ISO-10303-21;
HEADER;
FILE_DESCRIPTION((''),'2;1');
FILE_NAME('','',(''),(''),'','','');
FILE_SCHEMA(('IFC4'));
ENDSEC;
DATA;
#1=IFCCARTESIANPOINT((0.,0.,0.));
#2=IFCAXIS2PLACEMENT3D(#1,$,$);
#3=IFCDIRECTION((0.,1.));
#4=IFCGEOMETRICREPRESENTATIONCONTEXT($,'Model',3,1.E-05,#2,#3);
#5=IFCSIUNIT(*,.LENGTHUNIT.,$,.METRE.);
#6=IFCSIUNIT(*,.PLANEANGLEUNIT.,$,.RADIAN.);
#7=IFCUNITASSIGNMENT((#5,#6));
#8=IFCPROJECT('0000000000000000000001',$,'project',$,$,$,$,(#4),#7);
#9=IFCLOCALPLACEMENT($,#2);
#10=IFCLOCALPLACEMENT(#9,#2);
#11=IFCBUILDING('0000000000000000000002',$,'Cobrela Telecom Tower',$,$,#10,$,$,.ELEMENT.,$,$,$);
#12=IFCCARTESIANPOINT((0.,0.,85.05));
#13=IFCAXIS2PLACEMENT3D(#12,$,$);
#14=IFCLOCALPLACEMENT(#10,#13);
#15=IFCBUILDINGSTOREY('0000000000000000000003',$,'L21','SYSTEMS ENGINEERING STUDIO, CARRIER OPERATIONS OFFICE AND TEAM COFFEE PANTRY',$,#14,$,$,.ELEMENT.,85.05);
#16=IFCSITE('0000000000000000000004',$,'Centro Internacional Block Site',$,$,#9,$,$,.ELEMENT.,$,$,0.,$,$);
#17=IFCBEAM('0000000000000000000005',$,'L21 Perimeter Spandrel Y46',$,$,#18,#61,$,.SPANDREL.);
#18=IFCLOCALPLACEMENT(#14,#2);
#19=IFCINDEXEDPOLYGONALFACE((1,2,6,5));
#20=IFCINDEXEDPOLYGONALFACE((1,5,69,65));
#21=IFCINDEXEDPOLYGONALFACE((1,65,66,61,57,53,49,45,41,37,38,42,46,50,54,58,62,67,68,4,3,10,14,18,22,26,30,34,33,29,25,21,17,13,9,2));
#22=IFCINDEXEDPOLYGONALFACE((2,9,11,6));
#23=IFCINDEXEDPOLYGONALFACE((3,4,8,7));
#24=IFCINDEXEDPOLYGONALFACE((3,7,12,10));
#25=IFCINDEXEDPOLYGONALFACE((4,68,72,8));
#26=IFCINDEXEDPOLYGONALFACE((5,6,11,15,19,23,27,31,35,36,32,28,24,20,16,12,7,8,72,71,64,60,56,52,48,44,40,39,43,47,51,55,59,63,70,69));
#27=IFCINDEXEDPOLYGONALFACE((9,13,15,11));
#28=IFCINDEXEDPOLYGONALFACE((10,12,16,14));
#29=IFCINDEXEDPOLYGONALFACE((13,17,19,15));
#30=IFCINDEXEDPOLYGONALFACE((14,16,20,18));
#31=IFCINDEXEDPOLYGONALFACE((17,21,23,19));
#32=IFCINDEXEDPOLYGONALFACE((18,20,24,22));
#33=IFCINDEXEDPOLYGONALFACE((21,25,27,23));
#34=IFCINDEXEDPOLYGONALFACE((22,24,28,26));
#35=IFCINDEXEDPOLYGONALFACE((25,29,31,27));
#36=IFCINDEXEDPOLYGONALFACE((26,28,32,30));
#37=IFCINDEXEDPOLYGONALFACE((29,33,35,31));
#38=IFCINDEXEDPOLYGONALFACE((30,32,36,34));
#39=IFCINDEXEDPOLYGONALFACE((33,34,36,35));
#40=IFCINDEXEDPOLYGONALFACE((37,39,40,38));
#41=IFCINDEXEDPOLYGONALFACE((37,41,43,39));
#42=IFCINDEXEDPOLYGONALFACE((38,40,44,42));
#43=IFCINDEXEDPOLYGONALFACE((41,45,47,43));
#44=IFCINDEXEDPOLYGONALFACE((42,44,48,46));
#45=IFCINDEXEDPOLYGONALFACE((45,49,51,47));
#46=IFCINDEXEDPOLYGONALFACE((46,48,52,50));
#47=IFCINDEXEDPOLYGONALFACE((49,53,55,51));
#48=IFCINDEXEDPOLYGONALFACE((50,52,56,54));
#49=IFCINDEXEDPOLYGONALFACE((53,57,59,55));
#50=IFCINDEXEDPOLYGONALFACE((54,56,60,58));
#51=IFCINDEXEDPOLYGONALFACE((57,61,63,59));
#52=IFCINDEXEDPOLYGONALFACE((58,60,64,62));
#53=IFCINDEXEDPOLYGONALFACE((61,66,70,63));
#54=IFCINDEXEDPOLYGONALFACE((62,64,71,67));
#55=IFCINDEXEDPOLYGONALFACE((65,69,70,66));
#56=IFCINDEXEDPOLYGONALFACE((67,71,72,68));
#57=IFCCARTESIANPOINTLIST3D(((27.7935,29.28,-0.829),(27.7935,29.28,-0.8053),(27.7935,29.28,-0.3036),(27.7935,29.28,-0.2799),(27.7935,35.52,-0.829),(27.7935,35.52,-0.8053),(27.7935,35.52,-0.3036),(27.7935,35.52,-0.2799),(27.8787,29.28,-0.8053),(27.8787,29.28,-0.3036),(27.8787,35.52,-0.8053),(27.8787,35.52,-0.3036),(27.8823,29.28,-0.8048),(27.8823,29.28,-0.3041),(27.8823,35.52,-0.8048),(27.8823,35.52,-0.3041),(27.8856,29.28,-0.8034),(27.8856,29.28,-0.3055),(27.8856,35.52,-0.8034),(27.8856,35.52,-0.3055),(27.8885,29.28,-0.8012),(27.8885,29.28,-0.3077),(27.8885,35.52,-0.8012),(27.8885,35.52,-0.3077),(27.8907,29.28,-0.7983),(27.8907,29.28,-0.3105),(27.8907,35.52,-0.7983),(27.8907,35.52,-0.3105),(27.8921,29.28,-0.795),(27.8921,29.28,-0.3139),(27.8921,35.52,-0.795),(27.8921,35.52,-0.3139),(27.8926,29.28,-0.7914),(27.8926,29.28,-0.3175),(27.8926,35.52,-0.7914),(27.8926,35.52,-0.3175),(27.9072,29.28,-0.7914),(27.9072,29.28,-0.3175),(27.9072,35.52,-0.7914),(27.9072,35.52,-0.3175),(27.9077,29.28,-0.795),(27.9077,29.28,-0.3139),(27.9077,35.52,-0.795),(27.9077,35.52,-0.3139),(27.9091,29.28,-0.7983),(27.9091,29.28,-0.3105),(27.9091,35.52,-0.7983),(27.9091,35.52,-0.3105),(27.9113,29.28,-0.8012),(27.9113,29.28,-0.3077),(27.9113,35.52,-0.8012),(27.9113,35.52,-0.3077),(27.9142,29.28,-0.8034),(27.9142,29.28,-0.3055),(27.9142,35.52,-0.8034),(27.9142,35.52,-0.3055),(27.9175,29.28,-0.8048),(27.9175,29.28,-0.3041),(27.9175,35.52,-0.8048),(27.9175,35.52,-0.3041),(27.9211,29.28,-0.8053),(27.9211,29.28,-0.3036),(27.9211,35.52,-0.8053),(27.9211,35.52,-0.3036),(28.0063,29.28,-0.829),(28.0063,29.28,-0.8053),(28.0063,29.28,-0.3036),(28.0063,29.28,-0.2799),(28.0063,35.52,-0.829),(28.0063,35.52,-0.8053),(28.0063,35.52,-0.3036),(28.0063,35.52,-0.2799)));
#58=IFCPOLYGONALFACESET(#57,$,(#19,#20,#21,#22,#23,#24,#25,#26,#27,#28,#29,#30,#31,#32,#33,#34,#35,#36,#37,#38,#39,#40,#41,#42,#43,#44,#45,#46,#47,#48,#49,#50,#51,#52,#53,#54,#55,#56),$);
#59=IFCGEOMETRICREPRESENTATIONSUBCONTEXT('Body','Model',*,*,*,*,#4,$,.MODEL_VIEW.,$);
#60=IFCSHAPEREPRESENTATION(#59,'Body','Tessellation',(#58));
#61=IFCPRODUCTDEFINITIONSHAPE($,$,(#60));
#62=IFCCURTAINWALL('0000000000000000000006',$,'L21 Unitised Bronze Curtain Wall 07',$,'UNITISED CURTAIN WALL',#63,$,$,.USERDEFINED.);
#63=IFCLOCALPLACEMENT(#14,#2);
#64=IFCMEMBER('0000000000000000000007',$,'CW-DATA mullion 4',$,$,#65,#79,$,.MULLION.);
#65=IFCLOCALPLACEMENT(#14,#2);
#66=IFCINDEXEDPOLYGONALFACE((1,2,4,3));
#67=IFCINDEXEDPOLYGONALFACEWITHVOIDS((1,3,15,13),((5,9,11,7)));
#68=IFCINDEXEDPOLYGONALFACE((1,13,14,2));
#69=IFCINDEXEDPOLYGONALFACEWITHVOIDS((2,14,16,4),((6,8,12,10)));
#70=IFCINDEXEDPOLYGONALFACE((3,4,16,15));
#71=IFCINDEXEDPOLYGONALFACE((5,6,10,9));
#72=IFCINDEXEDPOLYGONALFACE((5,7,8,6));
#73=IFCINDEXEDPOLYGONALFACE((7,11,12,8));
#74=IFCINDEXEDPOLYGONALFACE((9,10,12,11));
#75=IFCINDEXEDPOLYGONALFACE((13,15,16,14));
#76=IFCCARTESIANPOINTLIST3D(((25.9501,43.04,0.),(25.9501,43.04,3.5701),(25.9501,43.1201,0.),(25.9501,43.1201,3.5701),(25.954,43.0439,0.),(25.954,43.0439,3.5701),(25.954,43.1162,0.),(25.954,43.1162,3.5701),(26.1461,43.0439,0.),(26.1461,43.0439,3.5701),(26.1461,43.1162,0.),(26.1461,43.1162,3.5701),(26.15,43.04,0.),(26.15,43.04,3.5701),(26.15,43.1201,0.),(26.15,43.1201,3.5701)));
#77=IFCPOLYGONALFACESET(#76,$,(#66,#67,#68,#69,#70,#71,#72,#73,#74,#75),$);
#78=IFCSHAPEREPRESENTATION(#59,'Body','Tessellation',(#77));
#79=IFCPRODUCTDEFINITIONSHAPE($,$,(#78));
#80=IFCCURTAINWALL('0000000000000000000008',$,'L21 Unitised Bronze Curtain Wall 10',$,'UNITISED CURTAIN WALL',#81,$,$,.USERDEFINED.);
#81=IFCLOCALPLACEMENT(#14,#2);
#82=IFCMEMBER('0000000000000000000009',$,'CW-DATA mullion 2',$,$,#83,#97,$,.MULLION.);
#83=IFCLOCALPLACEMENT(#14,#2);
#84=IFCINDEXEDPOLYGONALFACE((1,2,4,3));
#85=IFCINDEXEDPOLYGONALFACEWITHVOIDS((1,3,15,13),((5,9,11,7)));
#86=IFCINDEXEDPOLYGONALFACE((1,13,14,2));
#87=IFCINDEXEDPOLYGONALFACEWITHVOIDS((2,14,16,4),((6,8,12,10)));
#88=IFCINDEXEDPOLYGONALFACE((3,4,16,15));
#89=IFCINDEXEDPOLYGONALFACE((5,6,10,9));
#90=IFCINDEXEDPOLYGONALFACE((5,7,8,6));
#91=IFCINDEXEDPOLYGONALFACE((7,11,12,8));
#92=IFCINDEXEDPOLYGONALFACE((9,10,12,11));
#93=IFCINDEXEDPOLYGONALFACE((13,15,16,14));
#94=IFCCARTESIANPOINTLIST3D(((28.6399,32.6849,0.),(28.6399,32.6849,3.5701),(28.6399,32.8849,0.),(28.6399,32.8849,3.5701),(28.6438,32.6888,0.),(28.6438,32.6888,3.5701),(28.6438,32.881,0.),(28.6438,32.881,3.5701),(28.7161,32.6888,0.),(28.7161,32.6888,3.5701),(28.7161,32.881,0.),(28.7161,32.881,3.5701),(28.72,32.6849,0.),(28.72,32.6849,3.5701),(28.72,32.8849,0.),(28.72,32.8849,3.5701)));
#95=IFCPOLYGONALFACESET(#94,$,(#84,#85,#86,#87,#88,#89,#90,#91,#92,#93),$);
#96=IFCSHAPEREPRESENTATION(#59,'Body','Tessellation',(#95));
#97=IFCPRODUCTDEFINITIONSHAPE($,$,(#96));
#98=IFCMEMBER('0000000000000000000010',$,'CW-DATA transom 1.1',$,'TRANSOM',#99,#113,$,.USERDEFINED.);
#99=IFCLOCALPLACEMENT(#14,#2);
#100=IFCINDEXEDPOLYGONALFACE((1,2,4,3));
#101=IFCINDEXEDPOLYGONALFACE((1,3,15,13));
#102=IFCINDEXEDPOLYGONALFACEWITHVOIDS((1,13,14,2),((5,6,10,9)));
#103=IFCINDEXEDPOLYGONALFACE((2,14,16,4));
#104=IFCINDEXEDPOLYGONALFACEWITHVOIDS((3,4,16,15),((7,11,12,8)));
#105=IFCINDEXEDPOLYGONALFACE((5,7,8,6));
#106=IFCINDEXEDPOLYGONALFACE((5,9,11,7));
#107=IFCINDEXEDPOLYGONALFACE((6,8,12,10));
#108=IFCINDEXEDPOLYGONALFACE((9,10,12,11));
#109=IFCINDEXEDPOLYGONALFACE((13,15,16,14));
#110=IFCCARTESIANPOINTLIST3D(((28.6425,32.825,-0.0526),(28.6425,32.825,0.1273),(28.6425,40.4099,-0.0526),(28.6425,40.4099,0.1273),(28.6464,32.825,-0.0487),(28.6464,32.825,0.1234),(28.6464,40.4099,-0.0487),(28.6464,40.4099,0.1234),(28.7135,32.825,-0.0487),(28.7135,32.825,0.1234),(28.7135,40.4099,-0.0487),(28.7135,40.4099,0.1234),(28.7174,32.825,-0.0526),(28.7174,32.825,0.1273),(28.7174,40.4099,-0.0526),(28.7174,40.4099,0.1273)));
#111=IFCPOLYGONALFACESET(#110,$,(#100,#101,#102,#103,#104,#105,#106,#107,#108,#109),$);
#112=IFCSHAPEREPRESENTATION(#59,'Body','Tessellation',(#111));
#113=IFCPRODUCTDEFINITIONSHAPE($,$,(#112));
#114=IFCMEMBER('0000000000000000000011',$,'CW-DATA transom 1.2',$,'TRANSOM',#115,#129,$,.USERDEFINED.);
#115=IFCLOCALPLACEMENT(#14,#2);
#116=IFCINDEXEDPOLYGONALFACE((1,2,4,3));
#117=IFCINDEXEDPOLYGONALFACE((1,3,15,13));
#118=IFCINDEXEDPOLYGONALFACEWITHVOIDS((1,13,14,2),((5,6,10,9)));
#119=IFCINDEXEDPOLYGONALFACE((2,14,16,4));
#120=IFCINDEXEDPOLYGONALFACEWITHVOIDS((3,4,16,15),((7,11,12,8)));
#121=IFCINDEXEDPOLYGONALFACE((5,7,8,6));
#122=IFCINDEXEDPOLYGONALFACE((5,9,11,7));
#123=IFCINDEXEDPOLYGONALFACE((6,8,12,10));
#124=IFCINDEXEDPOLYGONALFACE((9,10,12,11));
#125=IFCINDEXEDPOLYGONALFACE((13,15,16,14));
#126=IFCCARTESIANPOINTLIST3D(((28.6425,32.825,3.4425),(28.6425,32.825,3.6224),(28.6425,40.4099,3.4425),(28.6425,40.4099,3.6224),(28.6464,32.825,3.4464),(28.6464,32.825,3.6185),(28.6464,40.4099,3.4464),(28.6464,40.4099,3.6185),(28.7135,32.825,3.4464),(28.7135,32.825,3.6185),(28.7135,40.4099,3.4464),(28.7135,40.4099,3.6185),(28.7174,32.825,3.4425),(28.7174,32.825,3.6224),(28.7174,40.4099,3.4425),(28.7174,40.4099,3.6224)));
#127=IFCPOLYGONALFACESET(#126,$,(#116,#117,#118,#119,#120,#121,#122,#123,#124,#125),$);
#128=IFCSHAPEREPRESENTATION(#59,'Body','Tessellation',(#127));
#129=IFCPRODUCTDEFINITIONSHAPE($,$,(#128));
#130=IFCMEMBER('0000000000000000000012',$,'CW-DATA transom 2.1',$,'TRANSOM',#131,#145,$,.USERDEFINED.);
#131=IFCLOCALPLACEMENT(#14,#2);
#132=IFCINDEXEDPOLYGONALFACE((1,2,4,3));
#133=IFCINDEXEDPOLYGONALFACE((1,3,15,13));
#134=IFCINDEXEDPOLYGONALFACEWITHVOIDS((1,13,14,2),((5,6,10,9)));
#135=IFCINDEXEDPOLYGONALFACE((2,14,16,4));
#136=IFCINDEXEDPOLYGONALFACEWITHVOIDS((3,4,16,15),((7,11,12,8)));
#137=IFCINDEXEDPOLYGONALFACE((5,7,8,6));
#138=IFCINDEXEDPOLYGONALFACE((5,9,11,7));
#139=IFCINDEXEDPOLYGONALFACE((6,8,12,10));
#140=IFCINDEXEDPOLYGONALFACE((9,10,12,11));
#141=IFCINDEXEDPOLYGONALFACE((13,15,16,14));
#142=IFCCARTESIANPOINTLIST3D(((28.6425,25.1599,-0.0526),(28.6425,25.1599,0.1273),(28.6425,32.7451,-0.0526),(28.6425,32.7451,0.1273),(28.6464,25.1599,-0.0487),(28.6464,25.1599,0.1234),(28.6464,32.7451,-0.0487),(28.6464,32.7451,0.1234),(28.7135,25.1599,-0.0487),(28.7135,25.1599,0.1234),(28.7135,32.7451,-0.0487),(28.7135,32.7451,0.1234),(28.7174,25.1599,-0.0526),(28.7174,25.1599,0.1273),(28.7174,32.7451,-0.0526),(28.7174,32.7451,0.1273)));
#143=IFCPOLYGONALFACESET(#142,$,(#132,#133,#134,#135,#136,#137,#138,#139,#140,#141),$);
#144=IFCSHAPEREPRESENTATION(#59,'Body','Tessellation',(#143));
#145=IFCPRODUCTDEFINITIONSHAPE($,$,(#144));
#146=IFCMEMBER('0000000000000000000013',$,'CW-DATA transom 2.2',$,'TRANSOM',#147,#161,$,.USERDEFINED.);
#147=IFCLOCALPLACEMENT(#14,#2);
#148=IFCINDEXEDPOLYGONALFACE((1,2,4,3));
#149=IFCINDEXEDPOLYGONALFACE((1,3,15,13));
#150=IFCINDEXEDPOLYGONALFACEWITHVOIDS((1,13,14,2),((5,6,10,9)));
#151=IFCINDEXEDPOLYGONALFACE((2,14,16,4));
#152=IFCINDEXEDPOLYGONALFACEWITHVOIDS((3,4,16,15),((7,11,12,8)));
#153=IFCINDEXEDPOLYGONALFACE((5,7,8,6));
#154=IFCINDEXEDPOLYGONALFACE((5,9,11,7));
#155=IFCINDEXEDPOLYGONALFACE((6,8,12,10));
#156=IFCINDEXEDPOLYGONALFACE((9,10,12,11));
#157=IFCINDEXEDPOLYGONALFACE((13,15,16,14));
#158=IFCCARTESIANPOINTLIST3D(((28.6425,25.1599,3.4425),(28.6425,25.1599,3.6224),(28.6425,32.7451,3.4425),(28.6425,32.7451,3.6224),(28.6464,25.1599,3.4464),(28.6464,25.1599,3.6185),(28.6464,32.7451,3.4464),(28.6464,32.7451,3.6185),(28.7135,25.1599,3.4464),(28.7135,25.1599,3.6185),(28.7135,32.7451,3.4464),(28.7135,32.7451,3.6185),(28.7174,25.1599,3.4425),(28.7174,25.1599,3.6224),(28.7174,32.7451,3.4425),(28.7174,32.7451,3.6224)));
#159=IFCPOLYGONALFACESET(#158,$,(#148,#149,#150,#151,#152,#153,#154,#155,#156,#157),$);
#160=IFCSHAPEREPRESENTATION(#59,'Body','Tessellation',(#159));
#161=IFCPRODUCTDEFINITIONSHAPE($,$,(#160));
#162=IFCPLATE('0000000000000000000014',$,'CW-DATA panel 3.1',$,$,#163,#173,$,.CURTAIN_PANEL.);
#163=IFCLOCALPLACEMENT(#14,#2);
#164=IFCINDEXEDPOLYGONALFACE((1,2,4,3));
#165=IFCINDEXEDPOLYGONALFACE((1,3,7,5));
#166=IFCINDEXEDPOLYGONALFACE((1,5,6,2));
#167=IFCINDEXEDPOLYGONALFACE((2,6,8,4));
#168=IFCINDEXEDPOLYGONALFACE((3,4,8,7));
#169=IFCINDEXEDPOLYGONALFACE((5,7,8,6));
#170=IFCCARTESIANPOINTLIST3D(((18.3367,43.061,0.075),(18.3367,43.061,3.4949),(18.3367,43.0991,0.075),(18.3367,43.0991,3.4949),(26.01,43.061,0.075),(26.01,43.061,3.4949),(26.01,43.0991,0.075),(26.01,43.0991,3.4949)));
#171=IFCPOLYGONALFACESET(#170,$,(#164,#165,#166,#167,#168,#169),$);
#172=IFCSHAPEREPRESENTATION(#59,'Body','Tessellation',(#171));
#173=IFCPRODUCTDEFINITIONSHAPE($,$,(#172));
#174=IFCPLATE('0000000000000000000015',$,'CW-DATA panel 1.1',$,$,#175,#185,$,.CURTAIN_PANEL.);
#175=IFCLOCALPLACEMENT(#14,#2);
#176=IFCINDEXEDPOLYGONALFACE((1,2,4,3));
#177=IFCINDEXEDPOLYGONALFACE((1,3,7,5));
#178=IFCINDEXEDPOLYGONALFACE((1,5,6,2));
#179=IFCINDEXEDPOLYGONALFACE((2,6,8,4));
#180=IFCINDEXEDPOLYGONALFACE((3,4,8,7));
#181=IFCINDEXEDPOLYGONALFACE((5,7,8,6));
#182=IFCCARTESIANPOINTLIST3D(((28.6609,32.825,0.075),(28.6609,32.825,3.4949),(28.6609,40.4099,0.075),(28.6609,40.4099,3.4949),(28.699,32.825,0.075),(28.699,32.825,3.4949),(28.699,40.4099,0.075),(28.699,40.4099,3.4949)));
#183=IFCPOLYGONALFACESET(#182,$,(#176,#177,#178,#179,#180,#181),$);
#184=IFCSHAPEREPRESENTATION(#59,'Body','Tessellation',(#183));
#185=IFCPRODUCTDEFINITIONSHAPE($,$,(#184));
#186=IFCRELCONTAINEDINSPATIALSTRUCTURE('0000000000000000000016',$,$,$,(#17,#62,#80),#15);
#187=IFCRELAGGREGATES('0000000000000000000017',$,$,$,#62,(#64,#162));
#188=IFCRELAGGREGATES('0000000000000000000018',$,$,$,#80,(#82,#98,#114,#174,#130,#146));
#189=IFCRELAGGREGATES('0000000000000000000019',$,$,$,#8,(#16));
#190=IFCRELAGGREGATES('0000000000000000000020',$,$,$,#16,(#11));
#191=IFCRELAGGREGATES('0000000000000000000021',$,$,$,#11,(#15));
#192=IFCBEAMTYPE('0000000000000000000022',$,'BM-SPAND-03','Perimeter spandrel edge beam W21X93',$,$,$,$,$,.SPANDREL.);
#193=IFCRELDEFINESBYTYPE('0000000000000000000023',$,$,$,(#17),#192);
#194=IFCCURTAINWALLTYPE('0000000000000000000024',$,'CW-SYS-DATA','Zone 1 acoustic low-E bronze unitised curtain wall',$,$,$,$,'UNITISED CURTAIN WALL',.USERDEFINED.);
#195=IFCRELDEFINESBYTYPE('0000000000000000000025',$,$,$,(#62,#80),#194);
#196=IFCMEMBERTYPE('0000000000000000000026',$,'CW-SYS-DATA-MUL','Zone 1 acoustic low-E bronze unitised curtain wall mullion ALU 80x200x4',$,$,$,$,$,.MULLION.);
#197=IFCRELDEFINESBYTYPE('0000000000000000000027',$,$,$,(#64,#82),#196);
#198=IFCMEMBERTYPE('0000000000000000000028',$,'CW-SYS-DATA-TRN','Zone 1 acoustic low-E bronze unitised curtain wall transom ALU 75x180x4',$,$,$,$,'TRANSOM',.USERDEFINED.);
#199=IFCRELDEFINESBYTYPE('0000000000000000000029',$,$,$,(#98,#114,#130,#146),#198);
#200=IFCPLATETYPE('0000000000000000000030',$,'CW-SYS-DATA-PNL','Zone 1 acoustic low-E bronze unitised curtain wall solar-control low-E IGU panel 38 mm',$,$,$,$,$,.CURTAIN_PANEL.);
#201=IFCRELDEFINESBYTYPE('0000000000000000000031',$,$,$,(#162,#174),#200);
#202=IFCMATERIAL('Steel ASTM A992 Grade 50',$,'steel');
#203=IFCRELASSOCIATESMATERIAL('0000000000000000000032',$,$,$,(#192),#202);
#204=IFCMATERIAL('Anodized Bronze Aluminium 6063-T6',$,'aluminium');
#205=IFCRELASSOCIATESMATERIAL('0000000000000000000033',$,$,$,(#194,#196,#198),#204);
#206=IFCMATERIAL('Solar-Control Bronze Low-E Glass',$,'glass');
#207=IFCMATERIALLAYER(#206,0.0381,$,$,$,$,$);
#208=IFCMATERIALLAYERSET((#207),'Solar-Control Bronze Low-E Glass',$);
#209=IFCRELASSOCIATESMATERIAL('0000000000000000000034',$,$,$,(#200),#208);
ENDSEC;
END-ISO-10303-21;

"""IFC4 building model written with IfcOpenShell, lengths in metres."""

from ifc_helpers import new_model, si_unit, direction, frame, origin, origin_2d, place, context, subcontext, project, spatial, rectangle, hollow_rectangle, i_section, extrude, material, layer, layer_set, material_profile, profile_set, type_object, element, aggregate, save


model = new_model("IFC4")

# Units and contexts
model_context = context("Model", 3, precision=1e-05, world=origin(), true_north=direction((0.0, 1.0)))
body_context = subcontext(model_context, "Body", "Model", "MODEL_VIEW")
ifc_project = project(units=[si_unit("LENGTHUNIT", "METRE"), si_unit("PLANEANGLEUNIT", "RADIAN")], contexts=[model_context])

# Site, building, storey
site_placement = place(None, origin())
site = spatial("IfcSite", under=ifc_project, at=site_placement, Name="Centro Internacional Block Site", CompositionType="ELEMENT", RefElevation=0.0)
building_placement = place(site_placement, origin())
building = spatial("IfcBuilding", under=site, at=building_placement, Name="Cobrela Telecom Tower", CompositionType="ELEMENT")
storey_placement = place(building_placement, frame((0.0, 0.0, 85.05)))
storey = spatial("IfcBuildingStorey", under=building, at=storey_placement, Name="L21", Description="SYSTEMS ENGINEERING STUDIO, CARRIER OPERATIONS OFFICE AND TEAM COFFEE PANTRY", CompositionType="ELEMENT", Elevation=85.05)

# Shared definitions
ifc_material_1 = material(Name="Steel ASTM A992 Grade 50", Category="steel")

# Beam
ifc_material_profile_1 = material_profile(ifc_material_1, i_section(OverallWidth=0.2129, OverallDepth=0.5491, WebThickness=0.0146, FlangeThickness=0.0237, FilletRadius=0.0139, at=origin_2d()), Name="W21X93")
ifc_profile_set_1 = profile_set([ifc_material_profile_1], Name="Steel ASTM A992 Grade 50")
beam_type_1 = type_object("IfcBeamType", Name="BM-SPAND-03", Description="Perimeter spandrel edge beam W21X93", PredefinedType="SPANDREL", material=ifc_profile_set_1)
beam_1_placement = place(storey_placement, frame((27.8999, 29.28, -0.5544), z_axis=(0.0, 1.0, 0.0), x_axis=(-1.0, 0.0, 0.0)))
element("IfcBeam", 1, at=beam_1_placement, inside=storey, type_object=beam_type_1, Name="L21 Perimeter Spandrel Y46", PredefinedType="SPANDREL", context=body_context, shape_type="SweptSolid", body=[
    extrude(i_section(OverallWidth=0.2129, OverallDepth=0.5491, WebThickness=0.0146, FlangeThickness=0.0237, FilletRadius=0.0139, at=origin_2d()), origin(), (0.0, 0.0, 1.0), 6.24),
])

# Curtain wall, member
ifc_material_2 = material(Name="Anodized Bronze Aluminium 6063-T6", Category="aluminium")
curtain_wall_type = type_object("IfcCurtainWallType", Name="CW-SYS-DATA", Description="Zone 1 acoustic low-E bronze unitised curtain wall", ElementType="UNITISED CURTAIN WALL", PredefinedType="USERDEFINED", material=ifc_material_2)
curtain_wall_1_placement = place(storey_placement, origin())
curtain_wall_1 = element("IfcCurtainWall", 2, at=curtain_wall_1_placement, inside=storey, type_object=curtain_wall_type, Name="L21 Unitised Bronze Curtain Wall 07", ObjectType="UNITISED CURTAIN WALL", PredefinedType="USERDEFINED")
ifc_material_profile_2 = material_profile(ifc_material_2, hollow_rectangle(XDim=0.0801, YDim=0.2, WallThickness=0.0039, at=origin_2d()), Name="ALU 80x200x4")
ifc_profile_set_2 = profile_set([ifc_material_profile_2], Name="Anodized Bronze Aluminium 6063-T6")
member_type_1 = type_object("IfcMemberType", Name="CW-SYS-DATA-MUL", Description="Zone 1 acoustic low-E bronze unitised curtain wall mullion ALU 80x200x4", PredefinedType="MULLION", material=ifc_profile_set_2)
member_1_placement = place(storey_placement, frame((26.05, 43.0801, 0.0), z_axis=(0.0, 0.0, 1.0), x_axis=(0.0, 1.0, 0.0)))
member_1 = element("IfcMember", 3, at=member_1_placement, type_object=member_type_1, Name="CW-DATA mullion 4", PredefinedType="MULLION", context=body_context, shape_type="SweptSolid", body=[
    extrude(hollow_rectangle(XDim=0.0801, YDim=0.2, WallThickness=0.0039, at=origin_2d()), origin(), (0.0, 0.0, 1.0), 3.5701),
])

# Curtain wall, members
curtain_wall_2_placement = place(storey_placement, origin())
curtain_wall_2 = element("IfcCurtainWall", 4, at=curtain_wall_2_placement, inside=storey, type_object=curtain_wall_type, Name="L21 Unitised Bronze Curtain Wall 10", ObjectType="UNITISED CURTAIN WALL", PredefinedType="USERDEFINED")
member_2_placement = place(storey_placement, frame((28.6799, 32.7849, 0.0), z_axis=(0.0, 0.0, 1.0), x_axis=(1.0, 0.0, 0.0)))
member_2 = element("IfcMember", 5, at=member_2_placement, type_object=member_type_1, Name="CW-DATA mullion 2", PredefinedType="MULLION", context=body_context, shape_type="SweptSolid", body=[
    extrude(hollow_rectangle(XDim=0.0801, YDim=0.2, WallThickness=0.0039, at=origin_2d()), origin(), (0.0, 0.0, 1.0), 3.5701),
])
ifc_material_profile_3 = material_profile(ifc_material_2, hollow_rectangle(XDim=0.075, YDim=0.1799, WallThickness=0.0039, at=origin_2d()), Name="ALU 75x180x4")
ifc_profile_set_3 = profile_set([ifc_material_profile_3], Name="Anodized Bronze Aluminium 6063-T6")
member_type_2 = type_object("IfcMemberType", Name="CW-SYS-DATA-TRN", Description="Zone 1 acoustic low-E bronze unitised curtain wall transom ALU 75x180x4", ElementType="TRANSOM", PredefinedType="USERDEFINED", material=ifc_profile_set_3)
member_3_placement = place(storey_placement, frame((28.6799, 40.4099, 0.0374), z_axis=(0.0, -1.0, 0.0), x_axis=(1.0, 0.0, 0.0)))
member_3 = element("IfcMember", 6, at=member_3_placement, type_object=member_type_2, Name="CW-DATA transom 1.1", ObjectType="TRANSOM", PredefinedType="USERDEFINED", context=body_context, shape_type="SweptSolid", body=[
    extrude(hollow_rectangle(XDim=0.075, YDim=0.1799, WallThickness=0.0039, at=origin_2d()), origin(), (0.0, 0.0, 1.0), 7.585),
])
member_4_placement = place(storey_placement, frame((28.6799, 40.4099, 3.5325), z_axis=(0.0, -1.0, 0.0), x_axis=(1.0, 0.0, 0.0)))
member_4 = element("IfcMember", 7, at=member_4_placement, type_object=member_type_2, Name="CW-DATA transom 1.2", ObjectType="TRANSOM", PredefinedType="USERDEFINED", context=body_context, shape_type="SweptSolid", body=[
    extrude(hollow_rectangle(XDim=0.075, YDim=0.1799, WallThickness=0.0039, at=origin_2d()), origin(), (0.0, 0.0, 1.0), 7.585),
])
member_5_placement = place(storey_placement, frame((28.6799, 32.7451, 0.0374), z_axis=(0.0, -1.0, 0.0), x_axis=(1.0, 0.0, 0.0)))
member_5 = element("IfcMember", 8, at=member_5_placement, type_object=member_type_2, Name="CW-DATA transom 2.1", ObjectType="TRANSOM", PredefinedType="USERDEFINED", context=body_context, shape_type="SweptSolid", body=[
    extrude(hollow_rectangle(XDim=0.075, YDim=0.1799, WallThickness=0.0039, at=origin_2d()), origin(), (0.0, 0.0, 1.0), 7.5852),
])
member_6_placement = place(storey_placement, frame((28.6799, 32.7451, 3.5325), z_axis=(0.0, -1.0, 0.0), x_axis=(1.0, 0.0, 0.0)))
member_6 = element("IfcMember", 9, at=member_6_placement, type_object=member_type_2, Name="CW-DATA transom 2.2", ObjectType="TRANSOM", PredefinedType="USERDEFINED", context=body_context, shape_type="SweptSolid", body=[
    extrude(hollow_rectangle(XDim=0.075, YDim=0.1799, WallThickness=0.0039, at=origin_2d()), origin(), (0.0, 0.0, 1.0), 7.5852),
])

# Plates
ifc_material_3 = material(Name="Solar-Control Bronze Low-E Glass", Category="glass")
ifc_layer_1 = layer(ifc_material_3, 0.0381)
ifc_layer_set_1 = layer_set([ifc_layer_1], Name="Solar-Control Bronze Low-E Glass")
plate_type = type_object("IfcPlateType", Name="CW-SYS-DATA-PNL", Description="Zone 1 acoustic low-E bronze unitised curtain wall solar-control low-E IGU panel 38 mm", PredefinedType="CURTAIN_PANEL", material=ifc_layer_set_1)
plate_1_placement = place(storey_placement, frame((22.1733, 43.0801, 0.075), z_axis=(0.0, 0.0, 1.0), x_axis=(1.0, 0.0, 0.0)))
plate_1 = element("IfcPlate", 10, at=plate_1_placement, type_object=plate_type, Name="CW-DATA panel 3.1", PredefinedType="CURTAIN_PANEL", context=body_context, shape_type="SweptSolid", body=[
    extrude(rectangle(XDim=7.6733, YDim=0.0381, at=origin_2d()), origin(), (0.0, 0.0, 1.0), 3.4199),
])
aggregate(curtain_wall_1, [member_1, plate_1])
plate_2_placement = place(storey_placement, frame((28.6799, 36.6174, 0.075), z_axis=(0.0, 0.0, 1.0), x_axis=(0.0, -1.0, 0.0)))
plate_2 = element("IfcPlate", 11, at=plate_2_placement, type_object=plate_type, Name="CW-DATA panel 1.1", PredefinedType="CURTAIN_PANEL", context=body_context, shape_type="SweptSolid", body=[
    extrude(rectangle(XDim=7.585, YDim=0.0381, at=origin_2d()), origin(), (0.0, 0.0, 1.0), 3.4199),
])
aggregate(curtain_wall_2, [member_2, member_3, member_4, plate_2, member_5, member_6])

save(model, "model.ifc")
